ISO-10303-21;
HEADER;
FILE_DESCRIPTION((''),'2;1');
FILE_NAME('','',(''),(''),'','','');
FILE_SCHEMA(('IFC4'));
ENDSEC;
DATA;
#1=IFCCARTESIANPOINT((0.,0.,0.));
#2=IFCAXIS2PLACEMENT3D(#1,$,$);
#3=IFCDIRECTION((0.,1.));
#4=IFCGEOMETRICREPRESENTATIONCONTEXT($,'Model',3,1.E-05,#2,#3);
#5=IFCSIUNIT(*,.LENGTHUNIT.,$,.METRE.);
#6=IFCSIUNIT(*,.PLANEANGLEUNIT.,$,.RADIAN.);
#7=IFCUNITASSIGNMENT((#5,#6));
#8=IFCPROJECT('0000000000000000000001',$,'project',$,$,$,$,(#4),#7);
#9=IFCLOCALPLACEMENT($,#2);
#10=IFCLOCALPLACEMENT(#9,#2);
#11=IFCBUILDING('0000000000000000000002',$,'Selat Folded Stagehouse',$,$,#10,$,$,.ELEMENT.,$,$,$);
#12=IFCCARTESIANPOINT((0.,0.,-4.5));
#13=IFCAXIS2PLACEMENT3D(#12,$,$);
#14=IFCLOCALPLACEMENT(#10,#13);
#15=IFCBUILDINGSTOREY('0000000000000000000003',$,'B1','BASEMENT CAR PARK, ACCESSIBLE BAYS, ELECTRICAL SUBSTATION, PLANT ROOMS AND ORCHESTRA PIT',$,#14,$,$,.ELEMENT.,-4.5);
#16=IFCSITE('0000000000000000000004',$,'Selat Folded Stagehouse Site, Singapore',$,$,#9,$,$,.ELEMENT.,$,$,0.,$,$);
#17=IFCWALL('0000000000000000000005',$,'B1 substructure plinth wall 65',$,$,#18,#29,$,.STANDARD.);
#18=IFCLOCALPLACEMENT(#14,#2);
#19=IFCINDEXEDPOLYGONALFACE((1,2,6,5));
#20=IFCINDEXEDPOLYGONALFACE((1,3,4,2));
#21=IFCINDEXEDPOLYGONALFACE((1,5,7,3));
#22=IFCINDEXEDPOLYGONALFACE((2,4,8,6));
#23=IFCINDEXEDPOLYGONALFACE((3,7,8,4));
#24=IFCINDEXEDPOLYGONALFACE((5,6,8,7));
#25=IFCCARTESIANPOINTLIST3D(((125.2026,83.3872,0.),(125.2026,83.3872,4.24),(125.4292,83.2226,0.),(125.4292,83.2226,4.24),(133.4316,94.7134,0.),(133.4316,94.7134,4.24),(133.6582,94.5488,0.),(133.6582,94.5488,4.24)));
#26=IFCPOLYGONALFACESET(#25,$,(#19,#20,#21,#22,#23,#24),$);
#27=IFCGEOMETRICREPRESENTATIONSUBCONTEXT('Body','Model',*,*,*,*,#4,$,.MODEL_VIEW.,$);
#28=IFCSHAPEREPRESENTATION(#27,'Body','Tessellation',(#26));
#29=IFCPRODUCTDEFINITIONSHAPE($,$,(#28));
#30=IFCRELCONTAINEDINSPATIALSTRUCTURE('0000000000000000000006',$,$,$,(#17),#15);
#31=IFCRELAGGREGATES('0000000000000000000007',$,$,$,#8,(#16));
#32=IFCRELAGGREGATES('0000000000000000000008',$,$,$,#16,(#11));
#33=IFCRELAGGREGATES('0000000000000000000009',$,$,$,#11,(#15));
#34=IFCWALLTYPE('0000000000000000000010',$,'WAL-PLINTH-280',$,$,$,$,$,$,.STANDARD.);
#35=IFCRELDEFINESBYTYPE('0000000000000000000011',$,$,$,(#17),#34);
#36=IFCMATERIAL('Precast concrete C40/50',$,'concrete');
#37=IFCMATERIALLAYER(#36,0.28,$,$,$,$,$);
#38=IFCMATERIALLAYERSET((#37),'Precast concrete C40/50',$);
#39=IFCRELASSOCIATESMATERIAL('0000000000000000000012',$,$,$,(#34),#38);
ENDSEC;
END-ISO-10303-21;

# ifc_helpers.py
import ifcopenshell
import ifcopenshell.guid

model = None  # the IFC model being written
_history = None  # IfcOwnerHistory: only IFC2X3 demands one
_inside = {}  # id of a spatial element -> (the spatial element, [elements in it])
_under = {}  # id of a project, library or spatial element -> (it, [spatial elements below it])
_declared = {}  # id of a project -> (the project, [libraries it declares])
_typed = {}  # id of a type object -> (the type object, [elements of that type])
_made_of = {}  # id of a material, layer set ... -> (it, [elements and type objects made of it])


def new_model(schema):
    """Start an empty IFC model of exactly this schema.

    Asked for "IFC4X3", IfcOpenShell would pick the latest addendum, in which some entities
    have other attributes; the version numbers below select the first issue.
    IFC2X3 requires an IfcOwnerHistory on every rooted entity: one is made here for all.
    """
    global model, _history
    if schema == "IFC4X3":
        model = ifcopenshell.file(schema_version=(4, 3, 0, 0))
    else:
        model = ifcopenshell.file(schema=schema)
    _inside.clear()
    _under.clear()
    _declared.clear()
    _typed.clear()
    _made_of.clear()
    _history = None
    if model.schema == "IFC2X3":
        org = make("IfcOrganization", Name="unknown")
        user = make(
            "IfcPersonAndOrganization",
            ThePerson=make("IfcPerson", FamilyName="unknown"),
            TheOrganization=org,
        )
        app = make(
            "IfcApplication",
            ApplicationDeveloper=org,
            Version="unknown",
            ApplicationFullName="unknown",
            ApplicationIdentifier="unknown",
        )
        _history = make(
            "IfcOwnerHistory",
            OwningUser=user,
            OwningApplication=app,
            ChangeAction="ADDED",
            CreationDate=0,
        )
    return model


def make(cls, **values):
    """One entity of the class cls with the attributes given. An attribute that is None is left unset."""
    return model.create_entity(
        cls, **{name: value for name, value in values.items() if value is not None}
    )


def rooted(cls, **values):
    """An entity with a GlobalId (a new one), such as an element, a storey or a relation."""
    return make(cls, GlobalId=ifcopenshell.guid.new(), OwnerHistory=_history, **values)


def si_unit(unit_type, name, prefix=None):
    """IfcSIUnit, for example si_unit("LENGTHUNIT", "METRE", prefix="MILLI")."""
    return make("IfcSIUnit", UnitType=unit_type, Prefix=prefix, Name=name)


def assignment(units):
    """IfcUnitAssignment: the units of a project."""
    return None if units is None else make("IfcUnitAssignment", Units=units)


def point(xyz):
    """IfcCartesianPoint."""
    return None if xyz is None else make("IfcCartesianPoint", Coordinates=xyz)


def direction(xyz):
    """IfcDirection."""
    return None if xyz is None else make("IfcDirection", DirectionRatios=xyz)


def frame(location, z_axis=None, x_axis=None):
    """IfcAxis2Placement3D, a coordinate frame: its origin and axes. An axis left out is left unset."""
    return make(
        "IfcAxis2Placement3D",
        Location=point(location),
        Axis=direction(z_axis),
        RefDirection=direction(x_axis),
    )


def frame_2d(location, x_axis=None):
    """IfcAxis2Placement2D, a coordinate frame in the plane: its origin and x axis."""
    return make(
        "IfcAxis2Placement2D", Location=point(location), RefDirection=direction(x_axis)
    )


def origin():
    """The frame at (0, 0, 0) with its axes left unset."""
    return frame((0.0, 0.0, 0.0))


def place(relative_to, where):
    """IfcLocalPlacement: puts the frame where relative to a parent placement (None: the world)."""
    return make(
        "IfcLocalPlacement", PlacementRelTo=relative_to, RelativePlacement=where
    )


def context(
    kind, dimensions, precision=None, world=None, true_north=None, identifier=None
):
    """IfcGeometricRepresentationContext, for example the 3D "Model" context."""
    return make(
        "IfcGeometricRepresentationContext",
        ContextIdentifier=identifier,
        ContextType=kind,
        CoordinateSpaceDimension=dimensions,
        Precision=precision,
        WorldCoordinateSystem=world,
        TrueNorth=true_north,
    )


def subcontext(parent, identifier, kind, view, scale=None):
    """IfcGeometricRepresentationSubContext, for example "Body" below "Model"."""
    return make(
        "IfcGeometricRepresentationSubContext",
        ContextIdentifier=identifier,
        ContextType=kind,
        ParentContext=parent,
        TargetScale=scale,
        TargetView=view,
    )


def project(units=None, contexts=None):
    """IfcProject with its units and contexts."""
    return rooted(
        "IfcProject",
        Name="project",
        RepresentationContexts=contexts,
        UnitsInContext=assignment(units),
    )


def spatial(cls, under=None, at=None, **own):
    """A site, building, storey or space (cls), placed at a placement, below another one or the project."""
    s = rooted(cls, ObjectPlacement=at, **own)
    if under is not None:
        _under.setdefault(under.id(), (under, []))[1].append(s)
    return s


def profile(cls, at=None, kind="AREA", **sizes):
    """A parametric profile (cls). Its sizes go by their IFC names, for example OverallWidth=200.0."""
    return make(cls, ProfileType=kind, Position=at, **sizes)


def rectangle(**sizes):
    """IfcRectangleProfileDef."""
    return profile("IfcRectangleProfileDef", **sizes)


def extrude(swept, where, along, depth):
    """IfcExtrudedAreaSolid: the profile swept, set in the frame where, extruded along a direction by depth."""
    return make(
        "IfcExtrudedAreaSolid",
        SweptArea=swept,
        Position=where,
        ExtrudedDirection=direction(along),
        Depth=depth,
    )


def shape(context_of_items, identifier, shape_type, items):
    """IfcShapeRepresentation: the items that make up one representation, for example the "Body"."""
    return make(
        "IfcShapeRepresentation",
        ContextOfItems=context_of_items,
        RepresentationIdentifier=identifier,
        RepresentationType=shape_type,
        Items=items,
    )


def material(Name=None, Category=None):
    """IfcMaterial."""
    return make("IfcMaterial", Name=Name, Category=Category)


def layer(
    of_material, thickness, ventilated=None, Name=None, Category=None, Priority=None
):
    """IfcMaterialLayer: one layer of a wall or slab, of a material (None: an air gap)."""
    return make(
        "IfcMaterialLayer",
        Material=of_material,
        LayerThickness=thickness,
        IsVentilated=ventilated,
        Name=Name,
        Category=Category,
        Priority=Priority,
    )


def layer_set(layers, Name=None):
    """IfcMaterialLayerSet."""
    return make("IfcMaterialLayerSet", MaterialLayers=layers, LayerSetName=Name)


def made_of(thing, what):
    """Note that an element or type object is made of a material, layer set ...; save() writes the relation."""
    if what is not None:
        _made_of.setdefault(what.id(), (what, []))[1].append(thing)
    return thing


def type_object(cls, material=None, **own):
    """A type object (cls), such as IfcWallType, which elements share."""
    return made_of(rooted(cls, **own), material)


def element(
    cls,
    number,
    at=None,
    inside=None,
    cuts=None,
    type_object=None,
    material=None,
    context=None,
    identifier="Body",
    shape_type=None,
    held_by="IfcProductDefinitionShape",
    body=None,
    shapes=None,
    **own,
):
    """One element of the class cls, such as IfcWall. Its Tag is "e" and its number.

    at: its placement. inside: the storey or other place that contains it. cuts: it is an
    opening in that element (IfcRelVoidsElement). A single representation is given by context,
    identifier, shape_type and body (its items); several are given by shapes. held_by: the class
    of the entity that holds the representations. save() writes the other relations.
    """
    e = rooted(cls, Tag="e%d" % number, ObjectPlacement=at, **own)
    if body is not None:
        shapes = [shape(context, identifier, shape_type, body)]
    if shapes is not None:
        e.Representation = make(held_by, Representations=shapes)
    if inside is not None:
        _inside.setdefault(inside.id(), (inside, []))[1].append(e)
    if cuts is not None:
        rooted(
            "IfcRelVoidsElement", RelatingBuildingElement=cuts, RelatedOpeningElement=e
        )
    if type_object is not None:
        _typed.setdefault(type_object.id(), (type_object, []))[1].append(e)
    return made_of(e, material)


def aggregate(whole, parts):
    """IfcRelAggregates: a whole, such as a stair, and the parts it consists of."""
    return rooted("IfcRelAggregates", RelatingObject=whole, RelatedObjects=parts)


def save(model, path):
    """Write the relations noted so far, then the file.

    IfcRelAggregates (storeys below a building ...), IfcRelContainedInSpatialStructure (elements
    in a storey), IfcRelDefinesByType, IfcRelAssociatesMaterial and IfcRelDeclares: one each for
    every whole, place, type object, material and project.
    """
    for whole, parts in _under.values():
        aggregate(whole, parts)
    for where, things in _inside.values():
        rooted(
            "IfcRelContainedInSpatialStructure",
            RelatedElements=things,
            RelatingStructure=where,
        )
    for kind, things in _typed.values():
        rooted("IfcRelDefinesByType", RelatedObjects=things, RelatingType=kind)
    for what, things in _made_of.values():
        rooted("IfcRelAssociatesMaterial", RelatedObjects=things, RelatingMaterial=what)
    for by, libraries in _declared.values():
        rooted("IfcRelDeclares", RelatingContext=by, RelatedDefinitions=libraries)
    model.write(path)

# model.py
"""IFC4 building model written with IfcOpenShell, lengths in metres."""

from ifc_helpers import new_model, si_unit, direction, frame, frame_2d, origin, place, context, subcontext, project, spatial, rectangle, extrude, material, layer, layer_set, type_object, element, save


model = new_model("IFC4")

# Units and contexts
model_context = context("Model", 3, precision=1e-05, world=origin(), true_north=direction((0.0, 1.0)))
body_context = subcontext(model_context, "Body", "Model", "MODEL_VIEW")
ifc_project = project(units=[si_unit("LENGTHUNIT", "METRE"), si_unit("PLANEANGLEUNIT", "RADIAN")], contexts=[model_context])

# Site, building, storey
site_placement = place(None, origin())
site = spatial("IfcSite", under=ifc_project, at=site_placement, Name="Selat Folded Stagehouse Site, Singapore", CompositionType="ELEMENT", RefElevation=0.0)
building_placement = place(site_placement, origin())
building = spatial("IfcBuilding", under=site, at=building_placement, Name="Selat Folded Stagehouse", CompositionType="ELEMENT")
storey_placement = place(building_placement, frame((0.0, 0.0, -4.5)))
storey = spatial("IfcBuildingStorey", under=building, at=storey_placement, Name="B1", Description="BASEMENT CAR PARK, ACCESSIBLE BAYS, ELECTRICAL SUBSTATION, PLANT ROOMS AND ORCHESTRA PIT", CompositionType="ELEMENT", Elevation=-4.5)

# Wall
ifc_material_1 = material(Name="Precast concrete C40/50", Category="concrete")
ifc_layer_1 = layer(ifc_material_1, 0.28)
ifc_layer_set_1 = layer_set([ifc_layer_1], Name="Precast concrete C40/50")
wall_type = type_object("IfcWallType", Name="WAL-PLINTH-280", PredefinedType="STANDARD", material=ifc_layer_set_1)
wall_1_placement = place(storey_placement, frame((133.5449, 94.6311, 0.0), z_axis=(0.0, 0.0, 1.0), x_axis=(-0.587788, -0.809015, 0.0)))
element("IfcWall", 1, at=wall_1_placement, inside=storey, type_object=wall_type, Name="B1 substructure plinth wall 65", PredefinedType="STANDARD", context=body_context, shape_type="SweptSolid", body=[
    extrude(rectangle(XDim=14.0, YDim=0.28, at=frame_2d((7.0, 0.0))), origin(), (0.0, 0.0, 1.0), 4.24),
])

save(model, "model.ifc")
